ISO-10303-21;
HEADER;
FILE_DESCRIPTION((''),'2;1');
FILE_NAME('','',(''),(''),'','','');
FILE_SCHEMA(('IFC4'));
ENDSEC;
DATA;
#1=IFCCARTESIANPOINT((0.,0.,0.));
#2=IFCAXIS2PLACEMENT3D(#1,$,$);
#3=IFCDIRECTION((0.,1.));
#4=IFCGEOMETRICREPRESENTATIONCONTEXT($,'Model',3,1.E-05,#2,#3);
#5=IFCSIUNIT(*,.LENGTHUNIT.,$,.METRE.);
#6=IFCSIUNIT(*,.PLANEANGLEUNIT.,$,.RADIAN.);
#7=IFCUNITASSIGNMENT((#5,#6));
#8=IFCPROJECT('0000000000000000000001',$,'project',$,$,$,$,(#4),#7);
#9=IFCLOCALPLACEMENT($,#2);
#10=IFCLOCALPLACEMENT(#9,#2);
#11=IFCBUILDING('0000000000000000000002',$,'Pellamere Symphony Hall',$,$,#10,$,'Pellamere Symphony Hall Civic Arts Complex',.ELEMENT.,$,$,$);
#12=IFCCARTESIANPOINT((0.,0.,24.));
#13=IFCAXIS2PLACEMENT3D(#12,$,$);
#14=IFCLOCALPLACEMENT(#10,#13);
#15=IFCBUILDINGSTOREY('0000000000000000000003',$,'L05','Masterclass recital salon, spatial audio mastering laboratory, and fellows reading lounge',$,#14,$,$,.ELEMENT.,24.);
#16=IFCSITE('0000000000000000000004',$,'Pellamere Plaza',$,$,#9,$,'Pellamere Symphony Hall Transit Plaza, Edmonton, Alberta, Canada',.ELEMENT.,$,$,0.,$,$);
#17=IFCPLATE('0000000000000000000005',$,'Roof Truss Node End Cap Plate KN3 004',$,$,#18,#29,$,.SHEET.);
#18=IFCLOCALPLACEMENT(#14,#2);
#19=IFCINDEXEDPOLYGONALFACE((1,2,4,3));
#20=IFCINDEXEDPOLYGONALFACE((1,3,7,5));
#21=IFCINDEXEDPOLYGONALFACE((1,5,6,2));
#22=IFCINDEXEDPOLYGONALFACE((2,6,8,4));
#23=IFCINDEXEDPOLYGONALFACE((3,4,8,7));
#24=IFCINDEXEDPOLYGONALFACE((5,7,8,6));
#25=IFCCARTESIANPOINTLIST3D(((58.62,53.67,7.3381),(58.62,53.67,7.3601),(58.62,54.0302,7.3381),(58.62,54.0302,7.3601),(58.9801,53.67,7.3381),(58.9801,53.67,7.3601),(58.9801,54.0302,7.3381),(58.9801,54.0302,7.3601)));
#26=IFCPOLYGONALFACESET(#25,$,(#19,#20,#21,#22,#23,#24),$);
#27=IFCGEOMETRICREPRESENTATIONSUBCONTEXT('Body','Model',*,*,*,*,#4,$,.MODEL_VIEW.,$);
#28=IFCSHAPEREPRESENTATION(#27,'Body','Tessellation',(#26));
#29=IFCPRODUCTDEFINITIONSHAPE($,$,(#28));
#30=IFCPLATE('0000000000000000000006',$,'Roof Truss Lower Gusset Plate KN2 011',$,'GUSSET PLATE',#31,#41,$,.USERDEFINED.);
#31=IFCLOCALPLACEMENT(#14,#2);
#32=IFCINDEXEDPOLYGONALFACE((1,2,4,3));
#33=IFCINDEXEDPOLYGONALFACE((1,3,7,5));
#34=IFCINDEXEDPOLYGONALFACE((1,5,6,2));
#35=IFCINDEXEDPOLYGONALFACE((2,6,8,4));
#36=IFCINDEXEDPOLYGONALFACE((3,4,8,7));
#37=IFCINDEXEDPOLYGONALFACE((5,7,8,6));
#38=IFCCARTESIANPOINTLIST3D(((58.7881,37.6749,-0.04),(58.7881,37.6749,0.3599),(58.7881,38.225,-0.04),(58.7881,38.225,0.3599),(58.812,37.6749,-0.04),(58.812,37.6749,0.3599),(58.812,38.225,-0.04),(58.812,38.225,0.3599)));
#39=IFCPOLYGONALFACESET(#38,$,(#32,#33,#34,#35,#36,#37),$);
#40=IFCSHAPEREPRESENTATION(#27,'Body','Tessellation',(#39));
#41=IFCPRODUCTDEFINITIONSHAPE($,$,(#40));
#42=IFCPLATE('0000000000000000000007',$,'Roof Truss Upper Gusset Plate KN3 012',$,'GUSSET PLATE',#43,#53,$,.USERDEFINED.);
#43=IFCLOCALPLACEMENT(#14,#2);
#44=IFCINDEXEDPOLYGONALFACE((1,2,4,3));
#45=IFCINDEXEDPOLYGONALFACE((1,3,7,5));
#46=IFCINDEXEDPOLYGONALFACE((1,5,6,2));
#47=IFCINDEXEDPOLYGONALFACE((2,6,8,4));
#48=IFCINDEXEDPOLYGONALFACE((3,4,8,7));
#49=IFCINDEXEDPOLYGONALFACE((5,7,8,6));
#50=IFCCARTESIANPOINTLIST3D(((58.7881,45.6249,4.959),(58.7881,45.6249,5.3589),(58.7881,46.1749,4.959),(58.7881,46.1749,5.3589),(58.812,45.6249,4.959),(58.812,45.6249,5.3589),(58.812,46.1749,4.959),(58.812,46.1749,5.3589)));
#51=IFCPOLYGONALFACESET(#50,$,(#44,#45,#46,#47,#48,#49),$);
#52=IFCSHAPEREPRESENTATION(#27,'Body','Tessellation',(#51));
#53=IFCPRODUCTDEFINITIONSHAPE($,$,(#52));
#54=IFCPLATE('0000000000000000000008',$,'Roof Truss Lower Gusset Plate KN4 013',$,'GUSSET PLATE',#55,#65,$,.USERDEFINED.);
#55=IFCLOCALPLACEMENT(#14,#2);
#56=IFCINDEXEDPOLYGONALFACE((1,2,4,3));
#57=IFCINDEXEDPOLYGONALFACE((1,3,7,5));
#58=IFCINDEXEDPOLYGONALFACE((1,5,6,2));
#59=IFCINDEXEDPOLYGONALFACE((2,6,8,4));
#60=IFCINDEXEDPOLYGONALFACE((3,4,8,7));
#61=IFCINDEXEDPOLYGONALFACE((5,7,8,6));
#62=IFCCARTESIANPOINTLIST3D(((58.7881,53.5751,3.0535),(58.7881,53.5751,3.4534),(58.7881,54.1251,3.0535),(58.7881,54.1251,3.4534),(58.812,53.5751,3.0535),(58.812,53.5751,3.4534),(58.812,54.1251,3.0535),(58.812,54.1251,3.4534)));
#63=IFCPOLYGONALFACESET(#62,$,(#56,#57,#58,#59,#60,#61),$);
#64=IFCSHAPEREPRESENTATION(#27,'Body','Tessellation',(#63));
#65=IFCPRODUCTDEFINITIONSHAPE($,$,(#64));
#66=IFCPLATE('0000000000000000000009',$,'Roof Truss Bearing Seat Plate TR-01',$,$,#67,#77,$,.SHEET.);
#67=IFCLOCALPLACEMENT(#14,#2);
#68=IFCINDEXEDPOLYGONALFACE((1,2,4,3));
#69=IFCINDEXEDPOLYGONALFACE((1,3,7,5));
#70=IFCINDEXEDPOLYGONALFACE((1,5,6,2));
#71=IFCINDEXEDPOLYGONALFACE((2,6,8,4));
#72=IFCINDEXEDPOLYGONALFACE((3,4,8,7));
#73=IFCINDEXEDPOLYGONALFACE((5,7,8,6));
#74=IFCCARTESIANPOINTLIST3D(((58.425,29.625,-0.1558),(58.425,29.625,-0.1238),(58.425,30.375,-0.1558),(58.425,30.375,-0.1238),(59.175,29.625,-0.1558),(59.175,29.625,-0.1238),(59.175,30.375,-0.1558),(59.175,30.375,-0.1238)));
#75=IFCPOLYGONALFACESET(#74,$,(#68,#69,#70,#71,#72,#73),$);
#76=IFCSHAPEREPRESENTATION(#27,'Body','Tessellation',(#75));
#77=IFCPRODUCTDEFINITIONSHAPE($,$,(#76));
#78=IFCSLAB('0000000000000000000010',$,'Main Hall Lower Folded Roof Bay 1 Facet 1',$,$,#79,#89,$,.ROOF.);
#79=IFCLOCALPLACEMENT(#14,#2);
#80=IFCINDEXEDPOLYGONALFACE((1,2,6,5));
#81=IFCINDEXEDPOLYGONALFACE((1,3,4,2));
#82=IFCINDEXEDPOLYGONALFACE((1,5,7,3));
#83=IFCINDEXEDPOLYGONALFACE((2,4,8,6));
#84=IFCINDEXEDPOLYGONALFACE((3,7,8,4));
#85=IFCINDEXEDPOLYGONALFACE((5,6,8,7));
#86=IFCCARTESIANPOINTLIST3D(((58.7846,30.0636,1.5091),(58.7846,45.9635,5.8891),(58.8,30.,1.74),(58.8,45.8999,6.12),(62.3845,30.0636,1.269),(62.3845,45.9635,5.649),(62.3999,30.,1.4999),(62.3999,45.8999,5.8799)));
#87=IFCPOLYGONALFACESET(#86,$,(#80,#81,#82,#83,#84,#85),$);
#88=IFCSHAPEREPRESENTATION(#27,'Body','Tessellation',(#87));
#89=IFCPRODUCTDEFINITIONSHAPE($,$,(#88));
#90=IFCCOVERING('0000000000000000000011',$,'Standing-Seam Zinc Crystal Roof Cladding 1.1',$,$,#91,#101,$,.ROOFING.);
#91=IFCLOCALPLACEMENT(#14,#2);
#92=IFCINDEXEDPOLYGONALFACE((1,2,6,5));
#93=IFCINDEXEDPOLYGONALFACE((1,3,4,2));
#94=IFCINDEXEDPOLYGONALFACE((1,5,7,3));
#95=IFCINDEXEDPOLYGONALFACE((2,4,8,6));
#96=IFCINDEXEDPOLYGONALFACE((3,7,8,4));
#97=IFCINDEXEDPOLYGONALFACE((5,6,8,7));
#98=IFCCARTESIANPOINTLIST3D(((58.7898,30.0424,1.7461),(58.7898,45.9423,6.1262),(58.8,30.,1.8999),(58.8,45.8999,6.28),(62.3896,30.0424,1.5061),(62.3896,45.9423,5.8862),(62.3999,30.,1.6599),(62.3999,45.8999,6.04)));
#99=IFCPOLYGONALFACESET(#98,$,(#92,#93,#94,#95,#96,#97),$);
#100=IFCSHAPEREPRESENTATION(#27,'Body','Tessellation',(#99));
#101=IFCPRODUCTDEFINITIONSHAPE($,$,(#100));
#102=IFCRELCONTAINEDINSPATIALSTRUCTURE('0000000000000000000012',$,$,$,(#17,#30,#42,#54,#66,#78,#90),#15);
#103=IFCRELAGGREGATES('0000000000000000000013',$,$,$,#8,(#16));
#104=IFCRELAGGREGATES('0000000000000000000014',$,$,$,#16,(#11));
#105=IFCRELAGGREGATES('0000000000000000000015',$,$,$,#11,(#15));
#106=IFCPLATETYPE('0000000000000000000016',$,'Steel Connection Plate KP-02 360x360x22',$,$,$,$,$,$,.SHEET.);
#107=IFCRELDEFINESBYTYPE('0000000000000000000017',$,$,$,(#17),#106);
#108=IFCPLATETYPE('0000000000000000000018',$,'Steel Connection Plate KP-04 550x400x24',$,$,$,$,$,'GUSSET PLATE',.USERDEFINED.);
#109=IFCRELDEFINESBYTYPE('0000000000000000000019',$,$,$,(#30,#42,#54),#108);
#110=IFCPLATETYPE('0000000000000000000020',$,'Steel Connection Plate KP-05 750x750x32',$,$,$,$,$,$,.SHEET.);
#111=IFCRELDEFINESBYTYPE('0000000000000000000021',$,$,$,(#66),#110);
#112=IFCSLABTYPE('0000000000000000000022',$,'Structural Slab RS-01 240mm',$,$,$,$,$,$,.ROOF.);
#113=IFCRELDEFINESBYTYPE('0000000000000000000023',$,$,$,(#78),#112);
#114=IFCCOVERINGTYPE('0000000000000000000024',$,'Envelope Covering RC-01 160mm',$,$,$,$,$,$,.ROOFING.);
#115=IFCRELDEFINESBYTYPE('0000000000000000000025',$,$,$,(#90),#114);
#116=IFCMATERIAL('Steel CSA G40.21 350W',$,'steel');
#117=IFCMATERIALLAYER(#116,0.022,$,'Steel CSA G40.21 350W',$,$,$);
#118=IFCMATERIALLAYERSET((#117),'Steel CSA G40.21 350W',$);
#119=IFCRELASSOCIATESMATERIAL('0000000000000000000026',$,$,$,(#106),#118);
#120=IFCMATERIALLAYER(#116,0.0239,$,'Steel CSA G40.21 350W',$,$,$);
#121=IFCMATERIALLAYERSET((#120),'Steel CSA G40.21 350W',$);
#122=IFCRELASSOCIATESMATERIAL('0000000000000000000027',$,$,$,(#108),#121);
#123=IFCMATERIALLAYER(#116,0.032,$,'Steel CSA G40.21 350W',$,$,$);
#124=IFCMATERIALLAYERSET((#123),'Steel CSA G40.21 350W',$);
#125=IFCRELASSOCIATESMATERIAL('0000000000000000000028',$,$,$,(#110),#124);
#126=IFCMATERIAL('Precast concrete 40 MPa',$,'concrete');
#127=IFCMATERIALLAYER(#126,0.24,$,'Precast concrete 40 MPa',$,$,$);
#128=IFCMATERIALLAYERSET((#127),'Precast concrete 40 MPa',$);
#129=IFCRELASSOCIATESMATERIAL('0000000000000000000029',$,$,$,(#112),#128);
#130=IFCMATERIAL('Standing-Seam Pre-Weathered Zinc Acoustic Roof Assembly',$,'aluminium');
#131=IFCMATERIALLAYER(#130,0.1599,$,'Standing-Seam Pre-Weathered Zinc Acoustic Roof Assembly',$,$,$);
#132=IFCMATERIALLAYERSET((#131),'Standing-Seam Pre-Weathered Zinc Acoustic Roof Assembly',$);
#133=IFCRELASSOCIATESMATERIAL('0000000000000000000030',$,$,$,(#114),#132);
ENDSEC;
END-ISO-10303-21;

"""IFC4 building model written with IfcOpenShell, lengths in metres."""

from ifc_helpers import new_model, si_unit, direction, frame, origin, origin_2d, place, context, subcontext, project, spatial, polyline, rectangle, outline, extrude, material, layer, layer_set, type_object, element, save


model = new_model("IFC4")

# Units and contexts
model_context = context("Model", 3, precision=1e-05, world=origin(), true_north=direction((0.0, 1.0)))
body_context = subcontext(model_context, "Body", "Model", "MODEL_VIEW")
ifc_project = project(units=[si_unit("LENGTHUNIT", "METRE"), si_unit("PLANEANGLEUNIT", "RADIAN")], contexts=[model_context])

# Site, building, storey
site_placement = place(None, origin())
site = spatial("IfcSite", under=ifc_project, at=site_placement, Name="Pellamere Plaza", LongName="Pellamere Symphony Hall Transit Plaza, Edmonton, Alberta, Canada", CompositionType="ELEMENT", RefElevation=0.0)
building_placement = place(site_placement, origin())
building = spatial("IfcBuilding", under=site, at=building_placement, Name="Pellamere Symphony Hall", LongName="Pellamere Symphony Hall Civic Arts Complex", CompositionType="ELEMENT")
storey_placement = place(building_placement, frame((0.0, 0.0, 24.0)))
storey = spatial("IfcBuildingStorey", under=building, at=storey_placement, Name="L05", Description="Masterclass recital salon, spatial audio mastering laboratory, and fellows reading lounge", CompositionType="ELEMENT", Elevation=24.0)

# Shared definitions
ifc_material_1 = material(Name="Steel CSA G40.21 350W", Category="steel")

# Plates
ifc_layer_1 = layer(ifc_material_1, 0.022, Name="Steel CSA G40.21 350W")
ifc_layer_set_1 = layer_set([ifc_layer_1], Name="Steel CSA G40.21 350W")
plate_type_1 = type_object("IfcPlateType", Name="Steel Connection Plate KP-02 360x360x22", PredefinedType="SHEET", material=ifc_layer_set_1)
for number, where, z_axis, x_axis, name in (
    (1, (58.8, 53.8501, 7.3381), (0.0, 0.0, 1.0), (1.0, 0.0, 0.0), "Roof Truss Node End Cap Plate KN3 004"),
):
    element("IfcPlate", number, at=place(storey_placement, frame(where, z_axis=z_axis, x_axis=x_axis)), inside=storey, type_object=plate_type_1, Name=name, PredefinedType="SHEET", context=body_context, shape_type="SweptSolid", body=[
        extrude(rectangle(XDim=0.3601, YDim=0.3601, at=origin_2d()), origin(), (0.0, 0.0, 1.0), 0.022),
    ])
ifc_layer_2 = layer(ifc_material_1, 0.0239, Name="Steel CSA G40.21 350W")
ifc_layer_set_2 = layer_set([ifc_layer_2], Name="Steel CSA G40.21 350W")
plate_type_2 = type_object("IfcPlateType", Name="Steel Connection Plate KP-04 550x400x24", ElementType="GUSSET PLATE", PredefinedType="USERDEFINED", material=ifc_layer_set_2)
for number, where, z_axis, x_axis, name in (
    (2, (58.8, 37.95, -0.04), (0.0, 0.0, 1.0), (1.0, 0.0, 0.0), "Roof Truss Lower Gusset Plate KN2 011"),
    (3, (58.8, 45.8999, 4.959), (0.0, 0.0, 1.0), (1.0, 0.0, 0.0), "Roof Truss Upper Gusset Plate KN3 012"),
    (4, (58.8, 53.8501, 3.0535), (0.0, 0.0, 1.0), (1.0, 0.0, 0.0), "Roof Truss Lower Gusset Plate KN4 013"),
):
    element("IfcPlate", number, at=place(storey_placement, frame(where, z_axis=z_axis, x_axis=x_axis)), inside=storey, type_object=plate_type_2, Name=name, ObjectType="GUSSET PLATE", PredefinedType="USERDEFINED", context=body_context, shape_type="SweptSolid", body=[
        extrude(rectangle(XDim=0.0239, YDim=0.55, at=origin_2d()), origin(), (0.0, 0.0, 1.0), 0.3999),
    ])
ifc_layer_3 = layer(ifc_material_1, 0.032, Name="Steel CSA G40.21 350W")
ifc_layer_set_3 = layer_set([ifc_layer_3], Name="Steel CSA G40.21 350W")
plate_type_3 = type_object("IfcPlateType", Name="Steel Connection Plate KP-05 750x750x32", PredefinedType="SHEET", material=ifc_layer_set_3)
plate_placement = place(storey_placement, frame((58.8, 30.0, -0.1558), z_axis=(0.0, 0.0, 1.0), x_axis=(1.0, 0.0, 0.0)))
element("IfcPlate", 5, at=plate_placement, inside=storey, type_object=plate_type_3, Name="Roof Truss Bearing Seat Plate TR-01", PredefinedType="SHEET", context=body_context, shape_type="SweptSolid", body=[
    extrude(rectangle(XDim=0.75, YDim=0.75, at=origin_2d()), origin(), (0.0, 0.0, 1.0), 0.032),
])

# Slab
ifc_material_2 = material(Name="Precast concrete 40 MPa", Category="concrete")
ifc_layer_4 = layer(ifc_material_2, 0.24, Name="Precast concrete 40 MPa")
ifc_layer_set_4 = layer_set([ifc_layer_4], Name="Precast concrete 40 MPa")
slab_type = type_object("IfcSlabType", Name="Structural Slab RS-01 240mm", PredefinedType="ROOF", material=ifc_layer_set_4)
slab_placement = place(storey_placement, frame((58.8, 30.0, 1.74), z_axis=(0.064173, -0.265034, 0.962101), x_axis=(0.997783, 0.000009, -0.06655)))
element("IfcSlab", 6, at=slab_placement, inside=storey, type_object=slab_type, Name="Main Hall Lower Folded Roof Bay 1 Facet 1", PredefinedType="ROOF", context=body_context, shape_type="SweptSolid", body=[
    extrude(outline(polyline([(0.0, 0.0), (3.6078, 0.0), (3.3165, 16.4896), (-0.2914, 16.4896), (0.0, 0.0)])), origin(), (0.0, 0.0, -1.0), 0.24),
])

# Covering
ifc_material_3 = material(Name="Standing-Seam Pre-Weathered Zinc Acoustic Roof Assembly", Category="aluminium")
ifc_layer_5 = layer(ifc_material_3, 0.1599, Name="Standing-Seam Pre-Weathered Zinc Acoustic Roof Assembly")
ifc_layer_set_5 = layer_set([ifc_layer_5], Name="Standing-Seam Pre-Weathered Zinc Acoustic Roof Assembly")
covering_type = type_object("IfcCoveringType", Name="Envelope Covering RC-01 160mm", PredefinedType="ROOFING", material=ifc_layer_set_5)
covering_placement = place(storey_placement, frame((58.8, 30.0, 1.8999), z_axis=(0.06414, -0.265041, 0.962101), x_axis=(0.997785, 0.0, -0.066519)))
element("IfcCovering", 7, at=covering_placement, inside=storey, type_object=covering_type, Name="Standing-Seam Zinc Crystal Roof Cladding 1.1", PredefinedType="ROOFING", context=body_context, shape_type="SweptSolid", body=[
    extrude(outline(polyline([(0.0, 0.0), (3.6078, 0.0), (3.3165, 16.4896), (-0.2914, 16.4896), (0.0, 0.0)])), origin(), (0.0, 0.0, -1.0), 0.1599),
])

save(model, "model.ifc")
